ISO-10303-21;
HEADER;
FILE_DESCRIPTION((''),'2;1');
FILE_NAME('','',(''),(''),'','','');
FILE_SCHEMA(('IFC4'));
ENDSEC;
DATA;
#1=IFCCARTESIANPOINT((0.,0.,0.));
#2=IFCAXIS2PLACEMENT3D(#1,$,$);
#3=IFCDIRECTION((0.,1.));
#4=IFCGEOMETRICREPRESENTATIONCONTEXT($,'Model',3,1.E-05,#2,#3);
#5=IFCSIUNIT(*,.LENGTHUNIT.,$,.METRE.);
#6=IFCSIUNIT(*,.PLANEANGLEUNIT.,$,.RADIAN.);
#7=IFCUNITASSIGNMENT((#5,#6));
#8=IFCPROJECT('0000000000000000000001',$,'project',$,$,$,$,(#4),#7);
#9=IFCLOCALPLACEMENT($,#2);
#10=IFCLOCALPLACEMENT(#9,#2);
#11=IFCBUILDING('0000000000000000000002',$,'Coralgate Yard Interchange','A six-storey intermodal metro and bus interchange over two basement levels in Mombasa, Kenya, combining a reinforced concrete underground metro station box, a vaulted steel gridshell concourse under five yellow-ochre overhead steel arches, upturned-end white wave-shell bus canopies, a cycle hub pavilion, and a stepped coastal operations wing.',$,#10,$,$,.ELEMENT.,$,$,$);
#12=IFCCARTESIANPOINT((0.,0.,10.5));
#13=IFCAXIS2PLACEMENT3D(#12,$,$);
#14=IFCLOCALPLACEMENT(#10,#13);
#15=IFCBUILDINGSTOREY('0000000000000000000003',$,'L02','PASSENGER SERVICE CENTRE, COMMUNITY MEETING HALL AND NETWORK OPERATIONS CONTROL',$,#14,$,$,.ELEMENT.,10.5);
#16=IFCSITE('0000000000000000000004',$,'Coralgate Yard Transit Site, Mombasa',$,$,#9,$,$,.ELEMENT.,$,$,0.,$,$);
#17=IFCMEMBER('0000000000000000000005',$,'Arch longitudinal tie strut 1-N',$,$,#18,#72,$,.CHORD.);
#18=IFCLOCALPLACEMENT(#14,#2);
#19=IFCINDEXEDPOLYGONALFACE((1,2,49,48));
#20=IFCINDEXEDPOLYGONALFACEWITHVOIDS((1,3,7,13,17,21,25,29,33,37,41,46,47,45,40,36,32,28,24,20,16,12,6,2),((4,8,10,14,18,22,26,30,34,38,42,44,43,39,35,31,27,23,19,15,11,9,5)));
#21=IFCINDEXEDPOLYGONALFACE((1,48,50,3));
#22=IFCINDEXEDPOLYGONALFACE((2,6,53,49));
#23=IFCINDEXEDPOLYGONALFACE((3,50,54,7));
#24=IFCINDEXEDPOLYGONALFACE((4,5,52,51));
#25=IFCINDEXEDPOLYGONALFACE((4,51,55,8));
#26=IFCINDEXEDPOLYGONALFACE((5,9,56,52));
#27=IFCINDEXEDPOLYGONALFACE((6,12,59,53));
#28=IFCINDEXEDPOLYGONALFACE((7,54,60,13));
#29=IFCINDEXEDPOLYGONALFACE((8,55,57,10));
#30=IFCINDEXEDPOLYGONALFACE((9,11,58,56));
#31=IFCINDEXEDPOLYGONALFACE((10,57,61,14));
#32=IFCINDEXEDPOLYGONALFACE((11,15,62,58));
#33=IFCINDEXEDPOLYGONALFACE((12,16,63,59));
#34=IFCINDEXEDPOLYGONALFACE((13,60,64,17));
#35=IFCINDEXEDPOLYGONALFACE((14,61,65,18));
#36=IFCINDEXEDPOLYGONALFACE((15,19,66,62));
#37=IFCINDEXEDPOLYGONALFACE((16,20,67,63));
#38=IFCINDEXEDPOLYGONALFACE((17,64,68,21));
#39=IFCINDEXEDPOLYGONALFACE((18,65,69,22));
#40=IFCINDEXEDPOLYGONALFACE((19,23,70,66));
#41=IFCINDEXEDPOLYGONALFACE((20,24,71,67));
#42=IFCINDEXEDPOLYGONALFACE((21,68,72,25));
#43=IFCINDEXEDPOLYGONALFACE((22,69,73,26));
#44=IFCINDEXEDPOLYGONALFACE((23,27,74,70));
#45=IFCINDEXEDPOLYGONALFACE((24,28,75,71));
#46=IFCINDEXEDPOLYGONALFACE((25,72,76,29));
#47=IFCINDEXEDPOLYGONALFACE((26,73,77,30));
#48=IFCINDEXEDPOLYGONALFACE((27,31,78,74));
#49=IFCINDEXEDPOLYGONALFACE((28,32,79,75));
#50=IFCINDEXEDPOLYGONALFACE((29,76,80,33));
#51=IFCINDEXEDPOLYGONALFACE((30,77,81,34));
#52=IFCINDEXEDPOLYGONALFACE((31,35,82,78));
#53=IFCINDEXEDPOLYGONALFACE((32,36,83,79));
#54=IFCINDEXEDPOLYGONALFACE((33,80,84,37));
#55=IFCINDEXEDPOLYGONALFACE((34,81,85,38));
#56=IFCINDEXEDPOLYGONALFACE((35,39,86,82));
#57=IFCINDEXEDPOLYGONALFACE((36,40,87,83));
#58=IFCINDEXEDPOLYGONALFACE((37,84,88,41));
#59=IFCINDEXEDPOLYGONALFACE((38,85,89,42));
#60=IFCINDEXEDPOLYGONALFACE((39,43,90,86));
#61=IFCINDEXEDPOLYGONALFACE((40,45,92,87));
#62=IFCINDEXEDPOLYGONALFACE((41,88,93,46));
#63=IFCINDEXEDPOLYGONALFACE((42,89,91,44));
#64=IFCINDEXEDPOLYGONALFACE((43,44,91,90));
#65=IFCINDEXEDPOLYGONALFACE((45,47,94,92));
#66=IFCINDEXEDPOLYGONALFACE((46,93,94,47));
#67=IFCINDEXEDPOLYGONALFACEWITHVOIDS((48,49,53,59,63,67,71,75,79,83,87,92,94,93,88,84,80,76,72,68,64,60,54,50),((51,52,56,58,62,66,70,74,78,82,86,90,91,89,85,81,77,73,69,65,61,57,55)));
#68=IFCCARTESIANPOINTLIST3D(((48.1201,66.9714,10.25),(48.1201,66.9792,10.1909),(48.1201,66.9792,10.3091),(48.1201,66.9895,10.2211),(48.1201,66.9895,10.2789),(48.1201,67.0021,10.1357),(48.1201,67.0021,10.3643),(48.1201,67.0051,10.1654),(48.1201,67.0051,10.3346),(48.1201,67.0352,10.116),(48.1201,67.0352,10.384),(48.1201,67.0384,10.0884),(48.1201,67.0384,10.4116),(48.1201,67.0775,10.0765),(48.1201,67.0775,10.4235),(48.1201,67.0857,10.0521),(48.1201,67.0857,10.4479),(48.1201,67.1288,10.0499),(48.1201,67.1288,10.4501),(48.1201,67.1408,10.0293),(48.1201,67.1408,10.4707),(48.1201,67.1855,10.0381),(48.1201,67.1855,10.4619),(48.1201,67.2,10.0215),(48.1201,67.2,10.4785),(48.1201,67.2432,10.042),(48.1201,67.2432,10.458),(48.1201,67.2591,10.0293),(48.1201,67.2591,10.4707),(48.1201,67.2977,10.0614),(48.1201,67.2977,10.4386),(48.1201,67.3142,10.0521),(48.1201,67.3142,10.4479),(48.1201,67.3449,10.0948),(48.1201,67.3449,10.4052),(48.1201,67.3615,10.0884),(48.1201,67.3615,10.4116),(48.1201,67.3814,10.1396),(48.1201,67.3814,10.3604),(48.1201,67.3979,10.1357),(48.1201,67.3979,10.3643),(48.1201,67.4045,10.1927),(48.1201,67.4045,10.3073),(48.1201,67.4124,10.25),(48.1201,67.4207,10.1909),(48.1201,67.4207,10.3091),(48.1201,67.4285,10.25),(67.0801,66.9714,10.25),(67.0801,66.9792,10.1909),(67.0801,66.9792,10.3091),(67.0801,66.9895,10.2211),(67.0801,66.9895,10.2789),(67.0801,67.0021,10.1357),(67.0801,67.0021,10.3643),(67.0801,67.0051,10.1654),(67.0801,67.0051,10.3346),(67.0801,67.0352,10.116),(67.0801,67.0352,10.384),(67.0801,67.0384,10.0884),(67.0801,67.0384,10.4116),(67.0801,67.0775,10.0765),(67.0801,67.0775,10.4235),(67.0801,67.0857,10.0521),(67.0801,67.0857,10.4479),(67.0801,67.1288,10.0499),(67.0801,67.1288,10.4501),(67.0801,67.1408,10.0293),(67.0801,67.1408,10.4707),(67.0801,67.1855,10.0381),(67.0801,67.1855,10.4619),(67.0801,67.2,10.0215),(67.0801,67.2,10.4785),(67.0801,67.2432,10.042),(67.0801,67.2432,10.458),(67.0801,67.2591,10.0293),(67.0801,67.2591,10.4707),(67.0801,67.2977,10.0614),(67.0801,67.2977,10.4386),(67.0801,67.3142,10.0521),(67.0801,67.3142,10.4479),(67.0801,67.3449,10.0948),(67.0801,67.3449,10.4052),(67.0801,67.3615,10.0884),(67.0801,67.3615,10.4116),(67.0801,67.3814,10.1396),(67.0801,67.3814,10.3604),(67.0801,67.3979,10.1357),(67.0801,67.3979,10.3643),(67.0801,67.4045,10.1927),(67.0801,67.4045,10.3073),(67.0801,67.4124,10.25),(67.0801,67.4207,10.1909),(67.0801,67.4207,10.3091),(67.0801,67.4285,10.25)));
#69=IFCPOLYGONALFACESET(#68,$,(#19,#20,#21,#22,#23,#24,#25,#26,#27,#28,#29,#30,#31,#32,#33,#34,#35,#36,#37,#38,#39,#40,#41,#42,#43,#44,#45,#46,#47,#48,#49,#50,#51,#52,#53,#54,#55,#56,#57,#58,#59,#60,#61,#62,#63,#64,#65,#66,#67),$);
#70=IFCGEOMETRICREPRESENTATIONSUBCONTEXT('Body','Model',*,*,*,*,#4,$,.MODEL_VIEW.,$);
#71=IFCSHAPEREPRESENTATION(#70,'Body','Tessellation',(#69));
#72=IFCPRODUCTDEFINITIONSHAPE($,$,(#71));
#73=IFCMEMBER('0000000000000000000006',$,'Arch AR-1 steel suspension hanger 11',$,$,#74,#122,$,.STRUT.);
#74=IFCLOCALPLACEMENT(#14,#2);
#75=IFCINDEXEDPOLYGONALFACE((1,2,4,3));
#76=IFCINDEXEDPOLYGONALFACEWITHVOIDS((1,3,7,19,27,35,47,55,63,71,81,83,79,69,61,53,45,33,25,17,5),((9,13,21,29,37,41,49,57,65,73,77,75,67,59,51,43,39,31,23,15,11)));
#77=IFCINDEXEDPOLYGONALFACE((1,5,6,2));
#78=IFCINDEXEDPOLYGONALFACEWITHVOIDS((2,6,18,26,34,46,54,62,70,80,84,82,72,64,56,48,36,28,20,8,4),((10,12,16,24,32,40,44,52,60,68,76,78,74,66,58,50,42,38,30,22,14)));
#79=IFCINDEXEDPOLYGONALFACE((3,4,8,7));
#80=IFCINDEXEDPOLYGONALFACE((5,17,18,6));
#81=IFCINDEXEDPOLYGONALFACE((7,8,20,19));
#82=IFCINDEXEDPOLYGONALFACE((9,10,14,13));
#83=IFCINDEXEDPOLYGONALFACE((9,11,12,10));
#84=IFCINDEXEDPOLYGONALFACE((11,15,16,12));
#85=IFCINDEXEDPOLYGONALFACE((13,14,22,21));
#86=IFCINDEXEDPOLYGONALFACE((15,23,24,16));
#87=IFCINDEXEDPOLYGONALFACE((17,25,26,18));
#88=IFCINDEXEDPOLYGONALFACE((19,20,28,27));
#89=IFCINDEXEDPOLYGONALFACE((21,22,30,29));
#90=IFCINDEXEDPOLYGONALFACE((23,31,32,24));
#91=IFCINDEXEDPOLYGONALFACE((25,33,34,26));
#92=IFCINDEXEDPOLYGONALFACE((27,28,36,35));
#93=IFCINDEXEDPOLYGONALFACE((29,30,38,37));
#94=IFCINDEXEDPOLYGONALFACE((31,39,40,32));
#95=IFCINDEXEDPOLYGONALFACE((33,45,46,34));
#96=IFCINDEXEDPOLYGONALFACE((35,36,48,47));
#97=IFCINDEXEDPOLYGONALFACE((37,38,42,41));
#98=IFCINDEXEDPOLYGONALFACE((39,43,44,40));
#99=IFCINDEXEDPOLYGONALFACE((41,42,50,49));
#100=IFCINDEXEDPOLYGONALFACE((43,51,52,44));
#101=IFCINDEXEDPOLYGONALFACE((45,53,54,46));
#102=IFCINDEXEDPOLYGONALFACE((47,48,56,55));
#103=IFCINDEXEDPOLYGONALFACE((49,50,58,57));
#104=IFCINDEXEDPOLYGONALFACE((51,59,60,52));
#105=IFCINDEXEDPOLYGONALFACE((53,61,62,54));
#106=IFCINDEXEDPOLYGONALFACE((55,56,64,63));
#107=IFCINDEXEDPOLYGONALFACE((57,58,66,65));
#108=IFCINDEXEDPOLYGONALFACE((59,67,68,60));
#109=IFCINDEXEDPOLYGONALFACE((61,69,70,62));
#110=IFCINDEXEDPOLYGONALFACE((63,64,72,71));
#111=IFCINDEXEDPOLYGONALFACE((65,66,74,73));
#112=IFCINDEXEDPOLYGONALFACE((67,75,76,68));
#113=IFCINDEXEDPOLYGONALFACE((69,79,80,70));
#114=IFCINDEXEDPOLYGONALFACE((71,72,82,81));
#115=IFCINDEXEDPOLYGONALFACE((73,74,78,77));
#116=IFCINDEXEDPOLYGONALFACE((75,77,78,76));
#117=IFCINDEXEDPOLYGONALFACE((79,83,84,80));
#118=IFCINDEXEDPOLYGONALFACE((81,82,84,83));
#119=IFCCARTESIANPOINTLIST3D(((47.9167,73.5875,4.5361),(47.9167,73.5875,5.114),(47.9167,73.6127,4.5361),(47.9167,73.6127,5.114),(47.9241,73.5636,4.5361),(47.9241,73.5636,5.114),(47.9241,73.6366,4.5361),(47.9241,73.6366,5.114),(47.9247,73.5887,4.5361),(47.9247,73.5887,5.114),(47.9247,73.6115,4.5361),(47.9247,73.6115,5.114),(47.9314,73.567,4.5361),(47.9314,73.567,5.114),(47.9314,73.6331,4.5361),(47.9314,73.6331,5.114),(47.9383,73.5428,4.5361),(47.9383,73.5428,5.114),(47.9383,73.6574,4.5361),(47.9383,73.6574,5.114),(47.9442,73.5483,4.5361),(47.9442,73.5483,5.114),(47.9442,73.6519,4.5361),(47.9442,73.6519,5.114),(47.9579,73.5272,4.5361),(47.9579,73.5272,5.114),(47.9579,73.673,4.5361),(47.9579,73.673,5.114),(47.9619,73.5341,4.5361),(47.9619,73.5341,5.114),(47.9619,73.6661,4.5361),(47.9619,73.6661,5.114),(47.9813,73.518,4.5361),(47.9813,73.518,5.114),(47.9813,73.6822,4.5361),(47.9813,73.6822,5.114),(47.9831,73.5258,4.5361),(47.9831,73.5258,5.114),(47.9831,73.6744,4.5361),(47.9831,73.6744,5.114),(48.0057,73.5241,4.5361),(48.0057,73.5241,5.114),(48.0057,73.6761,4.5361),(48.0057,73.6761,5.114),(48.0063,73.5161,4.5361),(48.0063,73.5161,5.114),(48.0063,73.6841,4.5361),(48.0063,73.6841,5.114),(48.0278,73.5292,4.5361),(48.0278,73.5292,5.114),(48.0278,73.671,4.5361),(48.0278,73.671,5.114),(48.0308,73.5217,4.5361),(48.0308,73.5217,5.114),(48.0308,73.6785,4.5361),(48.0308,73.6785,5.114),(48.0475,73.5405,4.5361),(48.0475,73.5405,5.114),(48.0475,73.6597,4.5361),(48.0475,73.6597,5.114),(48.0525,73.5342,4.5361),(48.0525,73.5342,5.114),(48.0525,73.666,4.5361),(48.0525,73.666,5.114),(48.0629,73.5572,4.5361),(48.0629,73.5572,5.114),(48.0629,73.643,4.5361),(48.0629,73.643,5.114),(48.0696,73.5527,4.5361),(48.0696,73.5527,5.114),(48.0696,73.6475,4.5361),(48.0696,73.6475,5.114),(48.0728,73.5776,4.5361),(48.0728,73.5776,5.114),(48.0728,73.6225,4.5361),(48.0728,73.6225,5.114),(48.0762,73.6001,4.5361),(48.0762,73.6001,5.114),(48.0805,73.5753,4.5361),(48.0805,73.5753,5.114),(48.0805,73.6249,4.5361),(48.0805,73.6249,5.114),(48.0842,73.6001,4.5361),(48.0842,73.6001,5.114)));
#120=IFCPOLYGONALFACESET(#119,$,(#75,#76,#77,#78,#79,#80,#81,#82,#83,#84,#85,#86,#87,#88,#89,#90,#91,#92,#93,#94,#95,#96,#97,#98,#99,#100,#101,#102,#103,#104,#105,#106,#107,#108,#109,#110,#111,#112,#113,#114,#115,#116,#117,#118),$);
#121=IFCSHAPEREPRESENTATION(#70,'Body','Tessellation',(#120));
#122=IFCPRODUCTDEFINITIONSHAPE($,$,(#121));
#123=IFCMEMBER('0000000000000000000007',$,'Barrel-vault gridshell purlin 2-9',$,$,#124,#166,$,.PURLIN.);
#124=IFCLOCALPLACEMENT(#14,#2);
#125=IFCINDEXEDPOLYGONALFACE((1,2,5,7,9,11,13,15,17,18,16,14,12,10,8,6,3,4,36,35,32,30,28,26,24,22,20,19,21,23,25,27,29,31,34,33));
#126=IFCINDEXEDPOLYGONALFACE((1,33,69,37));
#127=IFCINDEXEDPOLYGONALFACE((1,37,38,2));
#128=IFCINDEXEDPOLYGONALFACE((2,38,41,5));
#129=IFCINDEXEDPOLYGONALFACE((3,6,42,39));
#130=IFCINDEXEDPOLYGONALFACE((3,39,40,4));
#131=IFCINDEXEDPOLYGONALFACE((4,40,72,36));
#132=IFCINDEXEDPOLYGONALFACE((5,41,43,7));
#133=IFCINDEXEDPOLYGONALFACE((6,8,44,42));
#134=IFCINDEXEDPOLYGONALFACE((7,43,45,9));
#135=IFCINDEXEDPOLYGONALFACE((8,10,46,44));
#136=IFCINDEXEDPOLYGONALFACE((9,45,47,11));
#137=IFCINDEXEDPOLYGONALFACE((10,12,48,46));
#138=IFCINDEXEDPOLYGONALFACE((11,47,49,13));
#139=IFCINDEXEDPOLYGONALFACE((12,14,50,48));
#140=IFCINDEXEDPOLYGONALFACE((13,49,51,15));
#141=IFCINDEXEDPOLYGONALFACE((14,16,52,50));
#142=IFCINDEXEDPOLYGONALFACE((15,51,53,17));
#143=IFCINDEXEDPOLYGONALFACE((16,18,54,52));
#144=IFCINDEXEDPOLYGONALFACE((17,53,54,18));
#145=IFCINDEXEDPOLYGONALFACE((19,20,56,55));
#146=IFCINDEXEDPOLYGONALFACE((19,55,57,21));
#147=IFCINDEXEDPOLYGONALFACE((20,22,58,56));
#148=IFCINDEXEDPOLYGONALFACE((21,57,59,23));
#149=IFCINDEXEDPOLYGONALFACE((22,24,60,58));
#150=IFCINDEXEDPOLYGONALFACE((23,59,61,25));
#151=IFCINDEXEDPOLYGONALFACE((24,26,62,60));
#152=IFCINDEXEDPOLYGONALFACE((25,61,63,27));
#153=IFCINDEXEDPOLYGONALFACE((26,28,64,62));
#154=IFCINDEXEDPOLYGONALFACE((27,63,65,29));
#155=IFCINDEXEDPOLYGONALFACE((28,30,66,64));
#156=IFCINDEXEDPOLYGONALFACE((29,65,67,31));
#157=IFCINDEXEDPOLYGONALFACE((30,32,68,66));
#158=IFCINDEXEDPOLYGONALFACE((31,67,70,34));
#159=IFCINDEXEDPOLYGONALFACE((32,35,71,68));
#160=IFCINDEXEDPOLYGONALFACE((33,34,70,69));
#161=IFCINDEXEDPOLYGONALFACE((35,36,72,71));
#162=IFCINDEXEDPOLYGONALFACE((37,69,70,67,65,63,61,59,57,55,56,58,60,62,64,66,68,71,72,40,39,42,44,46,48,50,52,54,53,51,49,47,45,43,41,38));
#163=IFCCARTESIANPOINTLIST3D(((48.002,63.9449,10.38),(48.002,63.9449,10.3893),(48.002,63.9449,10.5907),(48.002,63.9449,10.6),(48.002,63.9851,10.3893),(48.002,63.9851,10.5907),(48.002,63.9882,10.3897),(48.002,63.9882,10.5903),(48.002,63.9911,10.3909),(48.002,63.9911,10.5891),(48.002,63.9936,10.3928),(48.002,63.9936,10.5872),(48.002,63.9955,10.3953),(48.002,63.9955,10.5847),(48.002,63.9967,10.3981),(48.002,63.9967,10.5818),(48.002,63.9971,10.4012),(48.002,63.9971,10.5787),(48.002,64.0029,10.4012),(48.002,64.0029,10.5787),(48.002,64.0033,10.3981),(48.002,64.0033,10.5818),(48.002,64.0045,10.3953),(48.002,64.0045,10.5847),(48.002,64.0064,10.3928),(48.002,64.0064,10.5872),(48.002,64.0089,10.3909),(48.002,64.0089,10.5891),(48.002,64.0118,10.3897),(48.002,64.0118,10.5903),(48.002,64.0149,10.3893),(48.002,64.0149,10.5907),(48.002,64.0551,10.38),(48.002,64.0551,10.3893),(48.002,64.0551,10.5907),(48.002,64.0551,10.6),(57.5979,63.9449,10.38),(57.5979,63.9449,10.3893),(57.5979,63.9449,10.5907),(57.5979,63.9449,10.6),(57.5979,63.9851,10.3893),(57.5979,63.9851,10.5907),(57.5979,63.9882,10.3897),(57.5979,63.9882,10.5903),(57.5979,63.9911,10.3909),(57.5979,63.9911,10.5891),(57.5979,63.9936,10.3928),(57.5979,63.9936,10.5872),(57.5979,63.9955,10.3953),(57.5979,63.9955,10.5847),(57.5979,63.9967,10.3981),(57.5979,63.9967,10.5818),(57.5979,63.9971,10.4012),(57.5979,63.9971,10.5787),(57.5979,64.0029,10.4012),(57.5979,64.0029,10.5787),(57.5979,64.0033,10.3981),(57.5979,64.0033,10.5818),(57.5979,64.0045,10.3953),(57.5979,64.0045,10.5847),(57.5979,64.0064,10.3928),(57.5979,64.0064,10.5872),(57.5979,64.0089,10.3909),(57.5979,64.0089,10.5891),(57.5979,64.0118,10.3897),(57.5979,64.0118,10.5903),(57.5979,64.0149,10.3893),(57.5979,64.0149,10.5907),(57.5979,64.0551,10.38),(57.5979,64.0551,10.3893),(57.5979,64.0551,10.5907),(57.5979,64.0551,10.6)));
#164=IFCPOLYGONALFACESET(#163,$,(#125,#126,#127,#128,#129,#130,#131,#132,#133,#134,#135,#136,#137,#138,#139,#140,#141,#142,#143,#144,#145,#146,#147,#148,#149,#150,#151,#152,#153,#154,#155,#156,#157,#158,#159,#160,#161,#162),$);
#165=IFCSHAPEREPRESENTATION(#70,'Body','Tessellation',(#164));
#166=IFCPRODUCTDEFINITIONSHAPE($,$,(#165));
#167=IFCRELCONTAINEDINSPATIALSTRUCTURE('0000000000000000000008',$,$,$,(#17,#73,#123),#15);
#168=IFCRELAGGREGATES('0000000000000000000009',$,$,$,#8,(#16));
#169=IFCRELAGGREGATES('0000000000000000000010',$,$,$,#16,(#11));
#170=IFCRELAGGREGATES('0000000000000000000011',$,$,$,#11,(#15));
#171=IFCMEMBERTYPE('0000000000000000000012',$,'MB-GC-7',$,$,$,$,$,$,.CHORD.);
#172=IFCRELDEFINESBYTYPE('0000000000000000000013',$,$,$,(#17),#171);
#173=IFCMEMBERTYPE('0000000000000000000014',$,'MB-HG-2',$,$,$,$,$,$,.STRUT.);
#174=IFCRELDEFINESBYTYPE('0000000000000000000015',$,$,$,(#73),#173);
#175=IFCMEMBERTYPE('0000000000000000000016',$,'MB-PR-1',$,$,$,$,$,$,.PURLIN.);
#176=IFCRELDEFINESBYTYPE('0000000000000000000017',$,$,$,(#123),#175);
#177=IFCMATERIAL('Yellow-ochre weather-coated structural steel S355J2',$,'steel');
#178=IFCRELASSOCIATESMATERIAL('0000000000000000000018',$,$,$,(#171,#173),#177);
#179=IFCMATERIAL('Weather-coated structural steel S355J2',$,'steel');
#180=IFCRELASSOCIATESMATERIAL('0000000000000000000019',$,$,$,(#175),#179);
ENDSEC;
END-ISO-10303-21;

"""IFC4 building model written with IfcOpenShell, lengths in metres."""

from ifc_helpers import new_model, si_unit, direction, frame, origin, origin_2d, place, context, subcontext, project, spatial, hollow_circle, i_section, extrude, material, material_profile, profile_set, type_object, element, save


model = new_model("IFC4")

# Units and contexts
model_context = context("Model", 3, precision=1e-05, world=origin(), true_north=direction((0.0, 1.0)))
body_context = subcontext(model_context, "Body", "Model", "MODEL_VIEW")
ifc_project = project(units=[si_unit("LENGTHUNIT", "METRE"), si_unit("PLANEANGLEUNIT", "RADIAN")], contexts=[model_context])

# Site, building, storey
site_placement = place(None, origin())
site = spatial("IfcSite", under=ifc_project, at=site_placement, Name="Coralgate Yard Transit Site, Mombasa", CompositionType="ELEMENT", RefElevation=0.0)
building_placement = place(site_placement, origin())
building = spatial("IfcBuilding", under=site, at=building_placement, Name="Coralgate Yard Interchange", Description="A six-storey intermodal metro and bus interchange over two basement levels in Mombasa, Kenya, combining a reinforced concrete underground metro station box, a vaulted steel gridshell concourse under five yellow-ochre overhead steel arches, upturned-end white wave-shell bus canopies, a cycle hub pavilion, and a stepped coastal operations wing.", CompositionType="ELEMENT")
storey_placement = place(building_placement, frame((0.0, 0.0, 10.5)))
storey = spatial("IfcBuildingStorey", under=building, at=storey_placement, Name="L02", Description="PASSENGER SERVICE CENTRE, COMMUNITY MEETING HALL AND NETWORK OPERATIONS CONTROL", CompositionType="ELEMENT", Elevation=10.5)

# Shared definitions
ifc_material_1 = material(Name="Yellow-ochre weather-coated structural steel S355J2", Category="steel")
ifc_material_2 = material(Name="Weather-coated structural steel S355J2", Category="steel")

# Members
ifc_material_profile_1 = material_profile(ifc_material_1, hollow_circle(Radius=0.2285, WallThickness=0.0161, at=origin_2d()), Name="CHS 457x16")
ifc_profile_set_1 = profile_set([ifc_material_profile_1], Name="Yellow-ochre weather-coated structural steel S355J2")
member_type_1 = type_object("IfcMemberType", Name="MB-GC-7", PredefinedType="CHORD", material=ifc_profile_set_1)
member_1_placement = place(storey_placement, frame((48.1201, 67.2, 10.25), z_axis=(1.0, 0.0, 0.0), x_axis=(0.0, 1.0, 0.0)))
element("IfcMember", 1, at=member_1_placement, inside=storey, type_object=member_type_1, Name="Arch longitudinal tie strut 1-N", PredefinedType="CHORD", context=body_context, shape_type="SweptSolid", body=[
    extrude(hollow_circle(Radius=0.2285, WallThickness=0.0161, at=origin_2d()), origin(), (0.0, 0.0, 1.0), 18.96),
])
ifc_material_profile_2 = material_profile(ifc_material_1, hollow_circle(Radius=0.0842, WallThickness=0.0081, at=origin_2d()), Name="CHS 168.3x8")
ifc_profile_set_2 = profile_set([ifc_material_profile_2], Name="Yellow-ochre weather-coated structural steel S355J2")
member_type_2 = type_object("IfcMemberType", Name="MB-HG-2", PredefinedType="STRUT", material=ifc_profile_set_2)
member_2_placement = place(storey_placement, frame((48.0, 73.6001, 4.5361), z_axis=(0.0, 0.0, 1.0), x_axis=(1.0, 0.0, 0.0)))
element("IfcMember", 2, at=member_2_placement, inside=storey, type_object=member_type_2, Name="Arch AR-1 steel suspension hanger 11", PredefinedType="STRUT", context=body_context, shape_type="SweptSolid", body=[
    extrude(hollow_circle(Radius=0.0842, WallThickness=0.0081, at=origin_2d()), origin(), (0.0, 0.0, 1.0), 0.5779),
])
ifc_material_profile_3 = material_profile(ifc_material_2, i_section(OverallWidth=0.1101, OverallDepth=0.22, WebThickness=0.0059, FlangeThickness=0.0093, FilletRadius=0.012, at=origin_2d()), Name="IPE 220")
ifc_profile_set_3 = profile_set([ifc_material_profile_3], Name="Weather-coated structural steel S355J2")
member_type_3 = type_object("IfcMemberType", Name="MB-PR-1", PredefinedType="PURLIN", material=ifc_profile_set_3)
for number, where, z_axis, x_axis, name in (
    (3, (48.002, 64.0, 10.49), (1.0, 0.0, 0.0), (0.0, 1.0, 0.0), "Barrel-vault gridshell purlin 2-9"),
):
    element("IfcMember", number, at=place(storey_placement, frame(where, z_axis=z_axis, x_axis=x_axis)), inside=storey, type_object=member_type_3, Name=name, PredefinedType="PURLIN", context=body_context, shape_type="SweptSolid", body=[
        extrude(i_section(OverallWidth=0.1101, OverallDepth=0.22, WebThickness=0.0059, FlangeThickness=0.0093, FilletRadius=0.012, at=origin_2d()), origin(), (0.0, 0.0, 1.0), 9.5959),
    ])

save(model, "model.ifc")
